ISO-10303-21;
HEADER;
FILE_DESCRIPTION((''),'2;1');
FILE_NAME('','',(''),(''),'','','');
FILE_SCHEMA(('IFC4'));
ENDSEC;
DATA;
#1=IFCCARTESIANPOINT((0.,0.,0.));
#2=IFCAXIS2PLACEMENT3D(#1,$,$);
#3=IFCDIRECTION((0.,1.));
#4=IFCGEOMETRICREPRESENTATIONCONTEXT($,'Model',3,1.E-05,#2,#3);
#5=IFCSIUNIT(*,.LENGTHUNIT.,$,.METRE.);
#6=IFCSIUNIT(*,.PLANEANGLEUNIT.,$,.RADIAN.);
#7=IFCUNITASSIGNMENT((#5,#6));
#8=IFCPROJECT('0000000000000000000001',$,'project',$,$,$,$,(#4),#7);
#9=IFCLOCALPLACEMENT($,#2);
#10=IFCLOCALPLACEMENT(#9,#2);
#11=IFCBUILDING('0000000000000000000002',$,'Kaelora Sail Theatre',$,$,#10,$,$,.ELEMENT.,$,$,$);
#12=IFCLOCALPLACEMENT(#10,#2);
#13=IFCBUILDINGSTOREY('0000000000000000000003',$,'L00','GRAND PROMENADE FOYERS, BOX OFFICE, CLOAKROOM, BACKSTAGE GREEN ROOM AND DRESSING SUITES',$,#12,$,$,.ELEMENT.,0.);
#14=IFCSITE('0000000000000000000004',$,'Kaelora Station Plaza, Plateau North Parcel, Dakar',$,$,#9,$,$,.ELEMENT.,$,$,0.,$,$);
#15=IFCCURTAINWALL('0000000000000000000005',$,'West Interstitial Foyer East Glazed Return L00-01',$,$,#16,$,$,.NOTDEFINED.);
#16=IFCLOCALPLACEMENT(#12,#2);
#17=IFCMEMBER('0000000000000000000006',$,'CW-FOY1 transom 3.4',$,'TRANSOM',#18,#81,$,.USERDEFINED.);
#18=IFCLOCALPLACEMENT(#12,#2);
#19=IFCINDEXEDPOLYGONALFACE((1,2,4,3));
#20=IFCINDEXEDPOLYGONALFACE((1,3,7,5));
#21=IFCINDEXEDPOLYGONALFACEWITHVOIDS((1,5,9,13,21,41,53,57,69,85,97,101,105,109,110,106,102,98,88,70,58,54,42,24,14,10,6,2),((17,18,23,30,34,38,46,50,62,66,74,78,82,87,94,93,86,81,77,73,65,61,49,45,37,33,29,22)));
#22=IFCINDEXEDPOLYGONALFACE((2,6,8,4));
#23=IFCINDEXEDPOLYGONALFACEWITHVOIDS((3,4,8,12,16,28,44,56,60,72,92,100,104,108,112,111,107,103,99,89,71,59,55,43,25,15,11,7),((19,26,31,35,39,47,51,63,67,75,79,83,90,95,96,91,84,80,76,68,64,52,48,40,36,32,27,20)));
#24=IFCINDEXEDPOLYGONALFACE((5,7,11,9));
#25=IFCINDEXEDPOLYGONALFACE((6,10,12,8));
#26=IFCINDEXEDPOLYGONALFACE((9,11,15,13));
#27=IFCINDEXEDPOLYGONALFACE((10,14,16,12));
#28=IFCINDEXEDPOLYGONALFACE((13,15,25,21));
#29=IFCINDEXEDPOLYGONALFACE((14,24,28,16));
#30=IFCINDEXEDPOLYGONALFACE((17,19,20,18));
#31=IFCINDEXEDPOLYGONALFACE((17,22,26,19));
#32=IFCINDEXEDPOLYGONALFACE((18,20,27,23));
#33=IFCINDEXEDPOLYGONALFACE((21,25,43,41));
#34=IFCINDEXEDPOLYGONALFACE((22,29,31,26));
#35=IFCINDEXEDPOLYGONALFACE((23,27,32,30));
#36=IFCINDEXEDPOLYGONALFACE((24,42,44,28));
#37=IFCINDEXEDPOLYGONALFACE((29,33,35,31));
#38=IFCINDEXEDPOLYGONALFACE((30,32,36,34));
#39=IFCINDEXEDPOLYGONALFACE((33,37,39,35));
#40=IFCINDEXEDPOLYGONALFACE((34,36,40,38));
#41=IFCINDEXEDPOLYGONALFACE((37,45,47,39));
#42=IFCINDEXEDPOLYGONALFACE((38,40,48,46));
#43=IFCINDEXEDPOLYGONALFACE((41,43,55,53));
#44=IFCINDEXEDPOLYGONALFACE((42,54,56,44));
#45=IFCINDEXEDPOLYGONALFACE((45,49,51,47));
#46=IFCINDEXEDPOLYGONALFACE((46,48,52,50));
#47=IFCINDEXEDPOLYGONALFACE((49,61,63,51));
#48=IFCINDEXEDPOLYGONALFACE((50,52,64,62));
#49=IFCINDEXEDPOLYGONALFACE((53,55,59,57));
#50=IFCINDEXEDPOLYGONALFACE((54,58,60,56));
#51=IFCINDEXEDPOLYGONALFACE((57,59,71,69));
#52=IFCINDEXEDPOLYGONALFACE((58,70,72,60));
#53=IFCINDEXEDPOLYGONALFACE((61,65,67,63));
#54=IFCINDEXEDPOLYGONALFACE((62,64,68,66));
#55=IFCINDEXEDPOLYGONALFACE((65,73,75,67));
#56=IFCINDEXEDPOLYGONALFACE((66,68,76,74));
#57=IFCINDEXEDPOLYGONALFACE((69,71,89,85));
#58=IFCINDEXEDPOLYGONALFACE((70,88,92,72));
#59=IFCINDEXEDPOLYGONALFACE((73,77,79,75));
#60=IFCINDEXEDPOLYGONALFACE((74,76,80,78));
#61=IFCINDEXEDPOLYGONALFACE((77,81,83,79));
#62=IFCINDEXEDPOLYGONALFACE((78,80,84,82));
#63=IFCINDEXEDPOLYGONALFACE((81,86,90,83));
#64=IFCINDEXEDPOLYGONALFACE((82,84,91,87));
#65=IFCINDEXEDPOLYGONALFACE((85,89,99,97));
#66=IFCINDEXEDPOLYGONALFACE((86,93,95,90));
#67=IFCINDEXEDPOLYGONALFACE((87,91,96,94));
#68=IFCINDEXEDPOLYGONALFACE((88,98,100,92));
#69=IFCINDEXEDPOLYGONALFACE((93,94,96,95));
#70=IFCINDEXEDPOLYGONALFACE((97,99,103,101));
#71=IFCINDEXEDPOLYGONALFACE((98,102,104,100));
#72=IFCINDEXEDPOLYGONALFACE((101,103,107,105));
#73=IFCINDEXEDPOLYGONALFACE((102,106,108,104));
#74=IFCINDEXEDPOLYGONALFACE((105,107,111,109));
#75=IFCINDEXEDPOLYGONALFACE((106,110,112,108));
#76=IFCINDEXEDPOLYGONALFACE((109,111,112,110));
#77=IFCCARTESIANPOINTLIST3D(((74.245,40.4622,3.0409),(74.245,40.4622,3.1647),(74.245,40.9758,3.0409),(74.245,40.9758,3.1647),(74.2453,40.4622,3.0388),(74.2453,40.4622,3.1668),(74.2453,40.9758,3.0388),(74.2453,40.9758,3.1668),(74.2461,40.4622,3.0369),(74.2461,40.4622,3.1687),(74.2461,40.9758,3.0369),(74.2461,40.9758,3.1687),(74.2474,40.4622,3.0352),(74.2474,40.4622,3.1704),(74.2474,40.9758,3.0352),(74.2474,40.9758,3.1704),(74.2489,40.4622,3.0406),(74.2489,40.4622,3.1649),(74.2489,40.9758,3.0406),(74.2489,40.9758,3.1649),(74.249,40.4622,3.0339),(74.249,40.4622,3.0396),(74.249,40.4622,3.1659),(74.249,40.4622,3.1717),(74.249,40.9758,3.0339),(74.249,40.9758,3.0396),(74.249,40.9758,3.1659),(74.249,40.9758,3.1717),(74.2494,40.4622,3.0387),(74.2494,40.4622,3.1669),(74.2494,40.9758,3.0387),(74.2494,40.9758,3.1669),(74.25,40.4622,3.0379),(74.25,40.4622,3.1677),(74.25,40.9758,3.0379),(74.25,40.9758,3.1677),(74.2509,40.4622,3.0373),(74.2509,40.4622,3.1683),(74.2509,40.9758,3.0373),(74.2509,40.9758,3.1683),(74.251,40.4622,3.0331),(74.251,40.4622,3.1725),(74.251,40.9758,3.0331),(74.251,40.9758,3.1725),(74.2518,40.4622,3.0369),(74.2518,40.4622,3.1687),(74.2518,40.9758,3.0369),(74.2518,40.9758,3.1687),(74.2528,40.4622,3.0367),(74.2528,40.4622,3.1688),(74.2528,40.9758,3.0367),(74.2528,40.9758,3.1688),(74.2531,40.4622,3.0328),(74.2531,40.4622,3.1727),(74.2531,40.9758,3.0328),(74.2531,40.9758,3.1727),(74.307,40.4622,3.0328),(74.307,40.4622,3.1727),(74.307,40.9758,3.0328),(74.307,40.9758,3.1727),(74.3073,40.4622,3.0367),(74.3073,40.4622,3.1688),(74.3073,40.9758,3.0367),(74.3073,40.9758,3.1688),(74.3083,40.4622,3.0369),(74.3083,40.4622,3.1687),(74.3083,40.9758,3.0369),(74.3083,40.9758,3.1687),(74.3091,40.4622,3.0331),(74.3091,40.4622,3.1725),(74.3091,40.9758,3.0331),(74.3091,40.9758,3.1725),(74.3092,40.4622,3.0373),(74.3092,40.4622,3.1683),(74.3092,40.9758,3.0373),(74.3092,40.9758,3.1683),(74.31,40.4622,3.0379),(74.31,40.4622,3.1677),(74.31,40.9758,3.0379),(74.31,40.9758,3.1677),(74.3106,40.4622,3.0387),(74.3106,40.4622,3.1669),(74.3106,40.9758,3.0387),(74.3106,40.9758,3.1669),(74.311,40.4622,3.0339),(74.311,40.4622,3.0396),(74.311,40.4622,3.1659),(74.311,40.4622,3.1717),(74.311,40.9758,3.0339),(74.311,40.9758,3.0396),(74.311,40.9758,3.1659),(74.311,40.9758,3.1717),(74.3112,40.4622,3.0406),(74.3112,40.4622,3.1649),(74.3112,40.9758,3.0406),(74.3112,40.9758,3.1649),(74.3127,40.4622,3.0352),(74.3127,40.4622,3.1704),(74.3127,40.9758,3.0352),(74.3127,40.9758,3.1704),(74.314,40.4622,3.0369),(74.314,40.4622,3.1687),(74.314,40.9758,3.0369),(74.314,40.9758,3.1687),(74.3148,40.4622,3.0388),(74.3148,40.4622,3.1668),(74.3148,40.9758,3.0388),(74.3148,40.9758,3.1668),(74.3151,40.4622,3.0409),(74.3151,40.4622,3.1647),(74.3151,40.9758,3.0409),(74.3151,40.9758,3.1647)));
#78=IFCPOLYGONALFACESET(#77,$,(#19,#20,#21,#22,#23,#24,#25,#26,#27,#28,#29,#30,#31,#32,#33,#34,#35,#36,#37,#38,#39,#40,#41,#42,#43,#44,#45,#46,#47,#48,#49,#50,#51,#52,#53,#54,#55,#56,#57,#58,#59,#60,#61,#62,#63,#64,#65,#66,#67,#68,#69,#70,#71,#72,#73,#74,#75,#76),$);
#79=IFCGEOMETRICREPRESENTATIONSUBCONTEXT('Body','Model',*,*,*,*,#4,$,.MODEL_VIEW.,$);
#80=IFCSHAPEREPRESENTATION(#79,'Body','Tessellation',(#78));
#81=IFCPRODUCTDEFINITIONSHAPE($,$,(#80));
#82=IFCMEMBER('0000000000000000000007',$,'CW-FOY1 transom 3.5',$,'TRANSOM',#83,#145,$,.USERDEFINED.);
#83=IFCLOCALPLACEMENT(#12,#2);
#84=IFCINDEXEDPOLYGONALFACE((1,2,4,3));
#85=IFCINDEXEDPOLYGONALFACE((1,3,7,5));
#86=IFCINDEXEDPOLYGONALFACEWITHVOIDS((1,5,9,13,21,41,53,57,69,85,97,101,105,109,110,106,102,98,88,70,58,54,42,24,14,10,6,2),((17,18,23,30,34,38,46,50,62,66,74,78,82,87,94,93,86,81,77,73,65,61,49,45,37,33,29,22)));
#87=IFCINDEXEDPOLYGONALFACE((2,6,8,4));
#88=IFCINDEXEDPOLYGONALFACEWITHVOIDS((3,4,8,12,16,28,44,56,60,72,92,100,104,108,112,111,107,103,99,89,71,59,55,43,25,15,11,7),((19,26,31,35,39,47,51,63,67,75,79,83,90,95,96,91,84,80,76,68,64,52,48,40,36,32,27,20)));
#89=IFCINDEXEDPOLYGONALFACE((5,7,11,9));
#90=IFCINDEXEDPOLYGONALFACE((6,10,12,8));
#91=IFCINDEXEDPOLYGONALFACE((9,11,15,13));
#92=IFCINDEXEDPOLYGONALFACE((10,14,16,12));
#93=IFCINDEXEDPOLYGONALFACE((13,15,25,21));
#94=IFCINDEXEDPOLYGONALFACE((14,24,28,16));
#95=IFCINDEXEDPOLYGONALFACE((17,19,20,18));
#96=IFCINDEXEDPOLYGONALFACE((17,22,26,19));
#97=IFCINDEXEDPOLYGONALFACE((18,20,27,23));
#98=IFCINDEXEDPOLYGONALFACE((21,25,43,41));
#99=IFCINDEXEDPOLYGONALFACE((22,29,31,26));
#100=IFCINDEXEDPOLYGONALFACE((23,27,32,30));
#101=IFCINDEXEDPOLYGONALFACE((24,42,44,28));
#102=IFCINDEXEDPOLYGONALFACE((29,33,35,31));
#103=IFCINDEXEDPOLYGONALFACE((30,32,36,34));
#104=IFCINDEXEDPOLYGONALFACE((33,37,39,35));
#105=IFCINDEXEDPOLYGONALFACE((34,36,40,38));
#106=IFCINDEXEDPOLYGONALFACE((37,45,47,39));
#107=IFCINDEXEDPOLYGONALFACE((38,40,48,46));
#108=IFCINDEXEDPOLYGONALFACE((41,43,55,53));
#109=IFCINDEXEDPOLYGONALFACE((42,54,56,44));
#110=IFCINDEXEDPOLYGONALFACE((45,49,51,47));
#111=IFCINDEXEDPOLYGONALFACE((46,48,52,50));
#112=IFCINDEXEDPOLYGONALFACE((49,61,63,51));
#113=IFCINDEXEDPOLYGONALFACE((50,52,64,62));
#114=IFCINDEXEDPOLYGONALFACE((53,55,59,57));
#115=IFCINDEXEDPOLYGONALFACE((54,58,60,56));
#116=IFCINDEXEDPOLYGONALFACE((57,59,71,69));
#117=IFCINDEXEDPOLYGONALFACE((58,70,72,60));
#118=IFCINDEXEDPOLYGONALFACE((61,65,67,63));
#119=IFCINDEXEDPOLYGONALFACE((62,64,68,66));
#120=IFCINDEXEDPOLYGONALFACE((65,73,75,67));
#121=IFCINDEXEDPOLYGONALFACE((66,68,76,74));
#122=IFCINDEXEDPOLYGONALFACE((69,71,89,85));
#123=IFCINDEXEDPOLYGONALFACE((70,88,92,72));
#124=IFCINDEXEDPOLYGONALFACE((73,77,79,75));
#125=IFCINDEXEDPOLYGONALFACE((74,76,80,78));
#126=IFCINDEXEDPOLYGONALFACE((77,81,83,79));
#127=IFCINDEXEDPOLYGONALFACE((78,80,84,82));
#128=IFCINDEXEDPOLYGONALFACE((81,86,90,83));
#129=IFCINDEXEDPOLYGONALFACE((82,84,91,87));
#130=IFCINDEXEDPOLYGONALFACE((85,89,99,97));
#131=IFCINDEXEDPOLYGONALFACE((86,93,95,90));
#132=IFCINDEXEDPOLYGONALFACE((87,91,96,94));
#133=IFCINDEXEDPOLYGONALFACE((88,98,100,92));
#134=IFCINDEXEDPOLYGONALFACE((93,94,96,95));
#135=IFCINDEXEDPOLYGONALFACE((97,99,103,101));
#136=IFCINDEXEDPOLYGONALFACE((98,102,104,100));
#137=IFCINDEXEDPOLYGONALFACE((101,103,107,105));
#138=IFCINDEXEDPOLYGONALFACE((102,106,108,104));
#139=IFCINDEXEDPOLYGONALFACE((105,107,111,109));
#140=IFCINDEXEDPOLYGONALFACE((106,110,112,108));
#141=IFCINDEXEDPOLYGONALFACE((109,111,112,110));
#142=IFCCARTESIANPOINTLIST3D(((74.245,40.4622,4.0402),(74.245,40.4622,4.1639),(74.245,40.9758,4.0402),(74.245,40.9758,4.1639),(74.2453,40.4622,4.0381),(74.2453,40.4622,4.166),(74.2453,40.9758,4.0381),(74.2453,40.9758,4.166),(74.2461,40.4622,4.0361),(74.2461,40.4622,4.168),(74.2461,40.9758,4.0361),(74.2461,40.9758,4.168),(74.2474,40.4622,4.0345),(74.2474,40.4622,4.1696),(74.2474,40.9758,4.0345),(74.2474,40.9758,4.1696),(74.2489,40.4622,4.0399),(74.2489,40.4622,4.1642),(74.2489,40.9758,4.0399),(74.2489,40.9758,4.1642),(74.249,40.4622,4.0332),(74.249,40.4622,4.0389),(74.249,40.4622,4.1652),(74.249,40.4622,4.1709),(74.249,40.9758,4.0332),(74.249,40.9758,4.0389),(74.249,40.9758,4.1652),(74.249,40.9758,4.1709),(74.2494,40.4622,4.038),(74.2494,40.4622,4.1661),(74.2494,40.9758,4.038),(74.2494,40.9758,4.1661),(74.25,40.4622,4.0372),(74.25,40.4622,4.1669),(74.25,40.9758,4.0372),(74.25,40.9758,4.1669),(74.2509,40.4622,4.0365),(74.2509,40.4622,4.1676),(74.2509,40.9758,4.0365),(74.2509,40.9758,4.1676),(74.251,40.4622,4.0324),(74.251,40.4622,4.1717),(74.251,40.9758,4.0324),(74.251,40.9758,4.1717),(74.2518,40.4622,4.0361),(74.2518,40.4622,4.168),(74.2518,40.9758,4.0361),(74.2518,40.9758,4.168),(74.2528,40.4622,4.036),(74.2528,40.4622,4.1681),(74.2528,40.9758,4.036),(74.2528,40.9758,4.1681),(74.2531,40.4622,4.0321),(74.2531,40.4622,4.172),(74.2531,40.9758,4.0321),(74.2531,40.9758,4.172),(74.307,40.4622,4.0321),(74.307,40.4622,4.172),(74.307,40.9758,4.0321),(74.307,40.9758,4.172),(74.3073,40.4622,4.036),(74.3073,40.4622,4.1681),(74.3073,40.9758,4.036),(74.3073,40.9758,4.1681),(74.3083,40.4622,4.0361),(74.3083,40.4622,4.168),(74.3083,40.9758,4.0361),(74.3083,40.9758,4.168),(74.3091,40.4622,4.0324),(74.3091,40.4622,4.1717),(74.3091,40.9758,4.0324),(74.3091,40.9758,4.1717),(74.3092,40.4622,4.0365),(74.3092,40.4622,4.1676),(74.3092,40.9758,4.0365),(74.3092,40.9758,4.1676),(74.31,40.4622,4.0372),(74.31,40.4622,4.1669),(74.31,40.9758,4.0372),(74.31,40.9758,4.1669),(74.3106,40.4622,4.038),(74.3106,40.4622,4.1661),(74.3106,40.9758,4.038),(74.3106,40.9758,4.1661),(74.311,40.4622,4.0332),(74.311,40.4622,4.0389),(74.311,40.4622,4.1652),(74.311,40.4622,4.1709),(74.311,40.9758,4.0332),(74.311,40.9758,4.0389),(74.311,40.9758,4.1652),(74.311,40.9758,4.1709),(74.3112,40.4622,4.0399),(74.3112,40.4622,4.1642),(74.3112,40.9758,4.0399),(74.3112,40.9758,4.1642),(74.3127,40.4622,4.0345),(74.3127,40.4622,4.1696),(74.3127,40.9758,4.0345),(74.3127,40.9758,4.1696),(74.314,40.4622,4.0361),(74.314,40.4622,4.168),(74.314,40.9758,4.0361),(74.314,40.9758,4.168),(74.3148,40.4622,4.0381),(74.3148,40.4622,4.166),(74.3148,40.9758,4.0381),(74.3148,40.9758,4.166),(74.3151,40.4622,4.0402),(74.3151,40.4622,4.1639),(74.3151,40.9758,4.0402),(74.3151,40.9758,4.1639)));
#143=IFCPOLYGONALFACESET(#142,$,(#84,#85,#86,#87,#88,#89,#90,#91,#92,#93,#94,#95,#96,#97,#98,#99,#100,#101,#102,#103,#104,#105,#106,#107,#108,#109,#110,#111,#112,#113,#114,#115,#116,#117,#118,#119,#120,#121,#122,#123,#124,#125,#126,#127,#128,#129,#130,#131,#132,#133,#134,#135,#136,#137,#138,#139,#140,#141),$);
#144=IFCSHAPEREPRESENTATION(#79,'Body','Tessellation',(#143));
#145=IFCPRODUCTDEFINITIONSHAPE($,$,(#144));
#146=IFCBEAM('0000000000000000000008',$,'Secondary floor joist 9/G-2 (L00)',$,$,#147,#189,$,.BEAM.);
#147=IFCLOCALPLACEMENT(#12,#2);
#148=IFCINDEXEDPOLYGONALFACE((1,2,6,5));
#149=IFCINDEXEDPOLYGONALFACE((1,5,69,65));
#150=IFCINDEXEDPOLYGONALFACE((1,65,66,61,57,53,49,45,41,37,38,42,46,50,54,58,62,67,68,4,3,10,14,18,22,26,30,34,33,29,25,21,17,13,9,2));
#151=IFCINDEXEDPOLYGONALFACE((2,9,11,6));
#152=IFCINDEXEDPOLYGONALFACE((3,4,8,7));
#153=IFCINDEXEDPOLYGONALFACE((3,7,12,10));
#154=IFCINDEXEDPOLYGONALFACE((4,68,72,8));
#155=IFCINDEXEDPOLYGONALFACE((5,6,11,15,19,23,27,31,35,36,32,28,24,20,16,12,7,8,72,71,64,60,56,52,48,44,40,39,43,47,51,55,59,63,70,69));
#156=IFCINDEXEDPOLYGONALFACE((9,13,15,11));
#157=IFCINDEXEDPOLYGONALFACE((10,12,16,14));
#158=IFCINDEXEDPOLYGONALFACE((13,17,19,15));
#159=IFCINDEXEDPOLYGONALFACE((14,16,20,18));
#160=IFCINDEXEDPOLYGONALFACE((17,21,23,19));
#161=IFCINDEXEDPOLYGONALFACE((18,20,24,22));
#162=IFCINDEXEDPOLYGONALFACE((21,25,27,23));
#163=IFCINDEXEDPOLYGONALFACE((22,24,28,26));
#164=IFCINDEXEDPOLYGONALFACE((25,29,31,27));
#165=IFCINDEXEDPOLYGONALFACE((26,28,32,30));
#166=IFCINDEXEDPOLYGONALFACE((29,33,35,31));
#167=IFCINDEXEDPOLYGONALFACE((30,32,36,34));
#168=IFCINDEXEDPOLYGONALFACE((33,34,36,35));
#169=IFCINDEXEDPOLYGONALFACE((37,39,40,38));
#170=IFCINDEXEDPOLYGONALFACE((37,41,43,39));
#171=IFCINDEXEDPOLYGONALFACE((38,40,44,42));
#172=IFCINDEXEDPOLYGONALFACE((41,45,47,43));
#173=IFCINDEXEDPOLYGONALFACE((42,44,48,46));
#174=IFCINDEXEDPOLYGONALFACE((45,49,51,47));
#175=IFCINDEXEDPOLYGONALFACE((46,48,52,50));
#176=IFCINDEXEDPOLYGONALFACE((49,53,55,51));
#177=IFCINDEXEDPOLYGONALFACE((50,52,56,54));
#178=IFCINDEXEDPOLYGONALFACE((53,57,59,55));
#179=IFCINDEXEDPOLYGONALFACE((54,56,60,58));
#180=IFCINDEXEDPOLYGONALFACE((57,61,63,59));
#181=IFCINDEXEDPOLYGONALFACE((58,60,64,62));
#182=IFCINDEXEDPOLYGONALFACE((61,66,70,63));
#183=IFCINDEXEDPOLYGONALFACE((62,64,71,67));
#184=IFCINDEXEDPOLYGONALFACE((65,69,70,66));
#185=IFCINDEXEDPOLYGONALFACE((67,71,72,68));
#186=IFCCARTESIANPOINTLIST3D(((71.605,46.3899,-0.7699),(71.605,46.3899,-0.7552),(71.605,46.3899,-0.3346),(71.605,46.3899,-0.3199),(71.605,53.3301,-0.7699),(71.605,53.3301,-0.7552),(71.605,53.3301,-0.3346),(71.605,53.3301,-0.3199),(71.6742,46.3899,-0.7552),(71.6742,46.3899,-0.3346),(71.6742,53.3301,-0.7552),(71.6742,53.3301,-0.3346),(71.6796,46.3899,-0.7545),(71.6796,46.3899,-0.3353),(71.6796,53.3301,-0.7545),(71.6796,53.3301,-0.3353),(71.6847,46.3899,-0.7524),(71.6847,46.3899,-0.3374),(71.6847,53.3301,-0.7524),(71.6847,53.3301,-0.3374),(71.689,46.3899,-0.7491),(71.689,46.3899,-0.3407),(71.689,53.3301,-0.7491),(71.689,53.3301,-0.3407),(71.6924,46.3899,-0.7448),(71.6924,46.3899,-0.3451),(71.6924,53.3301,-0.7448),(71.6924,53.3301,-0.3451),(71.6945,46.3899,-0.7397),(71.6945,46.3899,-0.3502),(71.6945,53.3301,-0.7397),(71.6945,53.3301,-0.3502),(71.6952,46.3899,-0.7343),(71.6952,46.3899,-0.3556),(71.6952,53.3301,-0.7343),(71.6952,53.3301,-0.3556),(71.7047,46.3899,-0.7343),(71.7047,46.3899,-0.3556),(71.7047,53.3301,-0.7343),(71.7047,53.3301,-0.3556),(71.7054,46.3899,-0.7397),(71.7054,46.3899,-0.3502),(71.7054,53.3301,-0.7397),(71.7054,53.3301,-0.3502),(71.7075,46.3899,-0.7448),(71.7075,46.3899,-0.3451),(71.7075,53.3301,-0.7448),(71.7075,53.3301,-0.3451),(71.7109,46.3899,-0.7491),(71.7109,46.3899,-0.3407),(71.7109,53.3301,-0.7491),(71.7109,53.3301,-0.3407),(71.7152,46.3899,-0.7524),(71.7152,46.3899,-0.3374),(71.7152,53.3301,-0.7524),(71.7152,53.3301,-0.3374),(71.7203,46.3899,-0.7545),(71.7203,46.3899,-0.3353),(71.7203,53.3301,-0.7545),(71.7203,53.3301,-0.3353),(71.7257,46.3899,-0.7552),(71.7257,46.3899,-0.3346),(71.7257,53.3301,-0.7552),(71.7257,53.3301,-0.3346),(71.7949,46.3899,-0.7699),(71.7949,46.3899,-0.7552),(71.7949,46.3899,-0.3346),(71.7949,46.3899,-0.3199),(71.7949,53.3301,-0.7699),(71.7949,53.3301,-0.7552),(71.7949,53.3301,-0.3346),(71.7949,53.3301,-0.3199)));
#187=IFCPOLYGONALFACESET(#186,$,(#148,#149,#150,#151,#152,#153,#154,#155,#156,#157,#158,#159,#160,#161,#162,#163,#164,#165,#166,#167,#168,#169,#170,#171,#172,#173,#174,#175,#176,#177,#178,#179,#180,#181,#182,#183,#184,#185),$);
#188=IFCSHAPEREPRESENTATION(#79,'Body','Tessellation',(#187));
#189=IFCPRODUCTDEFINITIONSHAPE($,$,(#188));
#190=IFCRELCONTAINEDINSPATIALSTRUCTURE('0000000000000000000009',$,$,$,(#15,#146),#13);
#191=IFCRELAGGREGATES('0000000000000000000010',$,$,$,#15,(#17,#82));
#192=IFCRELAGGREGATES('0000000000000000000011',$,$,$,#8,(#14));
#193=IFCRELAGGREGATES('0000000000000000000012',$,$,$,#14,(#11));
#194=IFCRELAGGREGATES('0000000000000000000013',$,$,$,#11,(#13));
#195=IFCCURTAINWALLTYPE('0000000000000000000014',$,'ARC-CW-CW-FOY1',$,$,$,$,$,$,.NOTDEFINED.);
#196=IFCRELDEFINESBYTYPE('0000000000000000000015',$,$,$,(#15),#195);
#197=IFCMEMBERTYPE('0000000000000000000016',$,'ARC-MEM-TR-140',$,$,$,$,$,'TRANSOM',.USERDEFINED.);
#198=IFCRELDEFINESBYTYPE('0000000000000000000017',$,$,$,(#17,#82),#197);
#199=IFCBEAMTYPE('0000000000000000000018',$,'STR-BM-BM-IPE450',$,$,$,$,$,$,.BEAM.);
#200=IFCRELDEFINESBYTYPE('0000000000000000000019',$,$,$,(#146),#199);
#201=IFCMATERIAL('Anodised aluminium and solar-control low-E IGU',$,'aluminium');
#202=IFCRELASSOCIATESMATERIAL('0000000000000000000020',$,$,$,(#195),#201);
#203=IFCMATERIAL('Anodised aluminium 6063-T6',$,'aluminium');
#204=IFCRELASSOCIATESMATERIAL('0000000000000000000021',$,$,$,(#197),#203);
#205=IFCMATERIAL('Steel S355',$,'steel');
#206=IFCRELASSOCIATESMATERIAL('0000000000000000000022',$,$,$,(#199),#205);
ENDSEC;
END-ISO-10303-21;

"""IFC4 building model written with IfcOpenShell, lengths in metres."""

from ifc_helpers import new_model, si_unit, direction, frame, origin, origin_2d, place, context, subcontext, project, spatial, hollow_rectangle, i_section, extrude, material, material_profile, profile_set, type_object, element, aggregate, save


model = new_model("IFC4")

# Units and contexts
model_context = context("Model", 3, precision=1e-05, world=origin(), true_north=direction((0.0, 1.0)))
body_context = subcontext(model_context, "Body", "Model", "MODEL_VIEW")
ifc_project = project(units=[si_unit("LENGTHUNIT", "METRE"), si_unit("PLANEANGLEUNIT", "RADIAN")], contexts=[model_context])

# Site, building, storey
site_placement = place(None, origin())
site = spatial("IfcSite", under=ifc_project, at=site_placement, Name="Kaelora Station Plaza, Plateau North Parcel, Dakar", CompositionType="ELEMENT", RefElevation=0.0)
building_placement = place(site_placement, origin())
building = spatial("IfcBuilding", under=site, at=building_placement, Name="Kaelora Sail Theatre", CompositionType="ELEMENT")
storey_placement = place(building_placement, origin())
storey = spatial("IfcBuildingStorey", under=building, at=storey_placement, Name="L00", Description="GRAND PROMENADE FOYERS, BOX OFFICE, CLOAKROOM, BACKSTAGE GREEN ROOM AND DRESSING SUITES", CompositionType="ELEMENT", Elevation=0.0)

# Curtain wall, members
ifc_material_1 = material(Name="Anodised aluminium and solar-control low-E IGU", Category="aluminium")
curtain_wall_type = type_object("IfcCurtainWallType", Name="ARC-CW-CW-FOY1", PredefinedType="NOTDEFINED", material=ifc_material_1)
curtain_wall_placement = place(storey_placement, origin())
curtain_wall = element("IfcCurtainWall", 1, at=curtain_wall_placement, inside=storey, type_object=curtain_wall_type, Name="West Interstitial Foyer East Glazed Return L00-01", PredefinedType="NOTDEFINED")
ifc_material_2 = material(Name="Anodised aluminium 6063-T6", Category="aluminium")
ifc_material_profile_1 = material_profile(ifc_material_2, hollow_rectangle(XDim=0.0701, YDim=0.1399, WallThickness=0.0039, InnerFilletRadius=0.0039, OuterFilletRadius=0.0081, at=origin_2d()), Name="ALU-TRAN 70x140x4")
ifc_profile_set_1 = profile_set([ifc_material_profile_1], Name="Anodised aluminium 6063-T6")
member_type_1 = type_object("IfcMemberType", Name="ARC-MEM-TR-140", ElementType="TRANSOM", PredefinedType="USERDEFINED", material=ifc_profile_set_1)
member_1_placement = place(storey_placement, frame((74.28, 40.4622, 3.1028), z_axis=(0.0, 1.0, 0.0), x_axis=(-1.0, 0.0, 0.0)))
member_1 = element("IfcMember", 2, at=member_1_placement, type_object=member_type_1, Name="CW-FOY1 transom 3.4", ObjectType="TRANSOM", PredefinedType="USERDEFINED", context=body_context, shape_type="SweptSolid", body=[
    extrude(hollow_rectangle(XDim=0.0701, YDim=0.1399, WallThickness=0.0039, InnerFilletRadius=0.0039, OuterFilletRadius=0.0081, at=origin_2d()), origin(), (0.0, 0.0, 1.0), 0.5137),
])
member_2_placement = place(storey_placement, frame((74.28, 40.4622, 4.1021), z_axis=(0.0, 1.0, 0.0), x_axis=(-1.0, 0.0, 0.0)))
member_2 = element("IfcMember", 3, at=member_2_placement, type_object=member_type_1, Name="CW-FOY1 transom 3.5", ObjectType="TRANSOM", PredefinedType="USERDEFINED", context=body_context, shape_type="SweptSolid", body=[
    extrude(hollow_rectangle(XDim=0.0701, YDim=0.1399, WallThickness=0.0039, InnerFilletRadius=0.0039, OuterFilletRadius=0.0081, at=origin_2d()), origin(), (0.0, 0.0, 1.0), 0.5137),
])

# Beam
ifc_material_3 = material(Name="Steel S355", Category="steel")
ifc_material_profile_2 = material_profile(ifc_material_3, i_section(OverallWidth=0.1899, OverallDepth=0.45, WebThickness=0.0095, FlangeThickness=0.0146, FilletRadius=0.021, at=origin_2d()), Name="IPE 450")
ifc_profile_set_2 = profile_set([ifc_material_profile_2], Name="Steel S355")
beam_type = type_object("IfcBeamType", Name="STR-BM-BM-IPE450", PredefinedType="BEAM", material=ifc_profile_set_2)
beam_placement = place(storey_placement, frame((71.7, 46.3899, -0.5449), z_axis=(0.0, 1.0, 0.0), x_axis=(-1.0, 0.0, 0.0)))
element("IfcBeam", 4, at=beam_placement, inside=storey, type_object=beam_type, Name="Secondary floor joist 9/G-2 (L00)", PredefinedType="BEAM", context=body_context, shape_type="SweptSolid", body=[
    extrude(i_section(OverallWidth=0.1899, OverallDepth=0.45, WebThickness=0.0095, FlangeThickness=0.0146, FilletRadius=0.021, at=origin_2d()), origin(), (0.0, 0.0, 1.0), 6.9402),
])

aggregate(curtain_wall, [member_1, member_2])

save(model, "model.ifc")
